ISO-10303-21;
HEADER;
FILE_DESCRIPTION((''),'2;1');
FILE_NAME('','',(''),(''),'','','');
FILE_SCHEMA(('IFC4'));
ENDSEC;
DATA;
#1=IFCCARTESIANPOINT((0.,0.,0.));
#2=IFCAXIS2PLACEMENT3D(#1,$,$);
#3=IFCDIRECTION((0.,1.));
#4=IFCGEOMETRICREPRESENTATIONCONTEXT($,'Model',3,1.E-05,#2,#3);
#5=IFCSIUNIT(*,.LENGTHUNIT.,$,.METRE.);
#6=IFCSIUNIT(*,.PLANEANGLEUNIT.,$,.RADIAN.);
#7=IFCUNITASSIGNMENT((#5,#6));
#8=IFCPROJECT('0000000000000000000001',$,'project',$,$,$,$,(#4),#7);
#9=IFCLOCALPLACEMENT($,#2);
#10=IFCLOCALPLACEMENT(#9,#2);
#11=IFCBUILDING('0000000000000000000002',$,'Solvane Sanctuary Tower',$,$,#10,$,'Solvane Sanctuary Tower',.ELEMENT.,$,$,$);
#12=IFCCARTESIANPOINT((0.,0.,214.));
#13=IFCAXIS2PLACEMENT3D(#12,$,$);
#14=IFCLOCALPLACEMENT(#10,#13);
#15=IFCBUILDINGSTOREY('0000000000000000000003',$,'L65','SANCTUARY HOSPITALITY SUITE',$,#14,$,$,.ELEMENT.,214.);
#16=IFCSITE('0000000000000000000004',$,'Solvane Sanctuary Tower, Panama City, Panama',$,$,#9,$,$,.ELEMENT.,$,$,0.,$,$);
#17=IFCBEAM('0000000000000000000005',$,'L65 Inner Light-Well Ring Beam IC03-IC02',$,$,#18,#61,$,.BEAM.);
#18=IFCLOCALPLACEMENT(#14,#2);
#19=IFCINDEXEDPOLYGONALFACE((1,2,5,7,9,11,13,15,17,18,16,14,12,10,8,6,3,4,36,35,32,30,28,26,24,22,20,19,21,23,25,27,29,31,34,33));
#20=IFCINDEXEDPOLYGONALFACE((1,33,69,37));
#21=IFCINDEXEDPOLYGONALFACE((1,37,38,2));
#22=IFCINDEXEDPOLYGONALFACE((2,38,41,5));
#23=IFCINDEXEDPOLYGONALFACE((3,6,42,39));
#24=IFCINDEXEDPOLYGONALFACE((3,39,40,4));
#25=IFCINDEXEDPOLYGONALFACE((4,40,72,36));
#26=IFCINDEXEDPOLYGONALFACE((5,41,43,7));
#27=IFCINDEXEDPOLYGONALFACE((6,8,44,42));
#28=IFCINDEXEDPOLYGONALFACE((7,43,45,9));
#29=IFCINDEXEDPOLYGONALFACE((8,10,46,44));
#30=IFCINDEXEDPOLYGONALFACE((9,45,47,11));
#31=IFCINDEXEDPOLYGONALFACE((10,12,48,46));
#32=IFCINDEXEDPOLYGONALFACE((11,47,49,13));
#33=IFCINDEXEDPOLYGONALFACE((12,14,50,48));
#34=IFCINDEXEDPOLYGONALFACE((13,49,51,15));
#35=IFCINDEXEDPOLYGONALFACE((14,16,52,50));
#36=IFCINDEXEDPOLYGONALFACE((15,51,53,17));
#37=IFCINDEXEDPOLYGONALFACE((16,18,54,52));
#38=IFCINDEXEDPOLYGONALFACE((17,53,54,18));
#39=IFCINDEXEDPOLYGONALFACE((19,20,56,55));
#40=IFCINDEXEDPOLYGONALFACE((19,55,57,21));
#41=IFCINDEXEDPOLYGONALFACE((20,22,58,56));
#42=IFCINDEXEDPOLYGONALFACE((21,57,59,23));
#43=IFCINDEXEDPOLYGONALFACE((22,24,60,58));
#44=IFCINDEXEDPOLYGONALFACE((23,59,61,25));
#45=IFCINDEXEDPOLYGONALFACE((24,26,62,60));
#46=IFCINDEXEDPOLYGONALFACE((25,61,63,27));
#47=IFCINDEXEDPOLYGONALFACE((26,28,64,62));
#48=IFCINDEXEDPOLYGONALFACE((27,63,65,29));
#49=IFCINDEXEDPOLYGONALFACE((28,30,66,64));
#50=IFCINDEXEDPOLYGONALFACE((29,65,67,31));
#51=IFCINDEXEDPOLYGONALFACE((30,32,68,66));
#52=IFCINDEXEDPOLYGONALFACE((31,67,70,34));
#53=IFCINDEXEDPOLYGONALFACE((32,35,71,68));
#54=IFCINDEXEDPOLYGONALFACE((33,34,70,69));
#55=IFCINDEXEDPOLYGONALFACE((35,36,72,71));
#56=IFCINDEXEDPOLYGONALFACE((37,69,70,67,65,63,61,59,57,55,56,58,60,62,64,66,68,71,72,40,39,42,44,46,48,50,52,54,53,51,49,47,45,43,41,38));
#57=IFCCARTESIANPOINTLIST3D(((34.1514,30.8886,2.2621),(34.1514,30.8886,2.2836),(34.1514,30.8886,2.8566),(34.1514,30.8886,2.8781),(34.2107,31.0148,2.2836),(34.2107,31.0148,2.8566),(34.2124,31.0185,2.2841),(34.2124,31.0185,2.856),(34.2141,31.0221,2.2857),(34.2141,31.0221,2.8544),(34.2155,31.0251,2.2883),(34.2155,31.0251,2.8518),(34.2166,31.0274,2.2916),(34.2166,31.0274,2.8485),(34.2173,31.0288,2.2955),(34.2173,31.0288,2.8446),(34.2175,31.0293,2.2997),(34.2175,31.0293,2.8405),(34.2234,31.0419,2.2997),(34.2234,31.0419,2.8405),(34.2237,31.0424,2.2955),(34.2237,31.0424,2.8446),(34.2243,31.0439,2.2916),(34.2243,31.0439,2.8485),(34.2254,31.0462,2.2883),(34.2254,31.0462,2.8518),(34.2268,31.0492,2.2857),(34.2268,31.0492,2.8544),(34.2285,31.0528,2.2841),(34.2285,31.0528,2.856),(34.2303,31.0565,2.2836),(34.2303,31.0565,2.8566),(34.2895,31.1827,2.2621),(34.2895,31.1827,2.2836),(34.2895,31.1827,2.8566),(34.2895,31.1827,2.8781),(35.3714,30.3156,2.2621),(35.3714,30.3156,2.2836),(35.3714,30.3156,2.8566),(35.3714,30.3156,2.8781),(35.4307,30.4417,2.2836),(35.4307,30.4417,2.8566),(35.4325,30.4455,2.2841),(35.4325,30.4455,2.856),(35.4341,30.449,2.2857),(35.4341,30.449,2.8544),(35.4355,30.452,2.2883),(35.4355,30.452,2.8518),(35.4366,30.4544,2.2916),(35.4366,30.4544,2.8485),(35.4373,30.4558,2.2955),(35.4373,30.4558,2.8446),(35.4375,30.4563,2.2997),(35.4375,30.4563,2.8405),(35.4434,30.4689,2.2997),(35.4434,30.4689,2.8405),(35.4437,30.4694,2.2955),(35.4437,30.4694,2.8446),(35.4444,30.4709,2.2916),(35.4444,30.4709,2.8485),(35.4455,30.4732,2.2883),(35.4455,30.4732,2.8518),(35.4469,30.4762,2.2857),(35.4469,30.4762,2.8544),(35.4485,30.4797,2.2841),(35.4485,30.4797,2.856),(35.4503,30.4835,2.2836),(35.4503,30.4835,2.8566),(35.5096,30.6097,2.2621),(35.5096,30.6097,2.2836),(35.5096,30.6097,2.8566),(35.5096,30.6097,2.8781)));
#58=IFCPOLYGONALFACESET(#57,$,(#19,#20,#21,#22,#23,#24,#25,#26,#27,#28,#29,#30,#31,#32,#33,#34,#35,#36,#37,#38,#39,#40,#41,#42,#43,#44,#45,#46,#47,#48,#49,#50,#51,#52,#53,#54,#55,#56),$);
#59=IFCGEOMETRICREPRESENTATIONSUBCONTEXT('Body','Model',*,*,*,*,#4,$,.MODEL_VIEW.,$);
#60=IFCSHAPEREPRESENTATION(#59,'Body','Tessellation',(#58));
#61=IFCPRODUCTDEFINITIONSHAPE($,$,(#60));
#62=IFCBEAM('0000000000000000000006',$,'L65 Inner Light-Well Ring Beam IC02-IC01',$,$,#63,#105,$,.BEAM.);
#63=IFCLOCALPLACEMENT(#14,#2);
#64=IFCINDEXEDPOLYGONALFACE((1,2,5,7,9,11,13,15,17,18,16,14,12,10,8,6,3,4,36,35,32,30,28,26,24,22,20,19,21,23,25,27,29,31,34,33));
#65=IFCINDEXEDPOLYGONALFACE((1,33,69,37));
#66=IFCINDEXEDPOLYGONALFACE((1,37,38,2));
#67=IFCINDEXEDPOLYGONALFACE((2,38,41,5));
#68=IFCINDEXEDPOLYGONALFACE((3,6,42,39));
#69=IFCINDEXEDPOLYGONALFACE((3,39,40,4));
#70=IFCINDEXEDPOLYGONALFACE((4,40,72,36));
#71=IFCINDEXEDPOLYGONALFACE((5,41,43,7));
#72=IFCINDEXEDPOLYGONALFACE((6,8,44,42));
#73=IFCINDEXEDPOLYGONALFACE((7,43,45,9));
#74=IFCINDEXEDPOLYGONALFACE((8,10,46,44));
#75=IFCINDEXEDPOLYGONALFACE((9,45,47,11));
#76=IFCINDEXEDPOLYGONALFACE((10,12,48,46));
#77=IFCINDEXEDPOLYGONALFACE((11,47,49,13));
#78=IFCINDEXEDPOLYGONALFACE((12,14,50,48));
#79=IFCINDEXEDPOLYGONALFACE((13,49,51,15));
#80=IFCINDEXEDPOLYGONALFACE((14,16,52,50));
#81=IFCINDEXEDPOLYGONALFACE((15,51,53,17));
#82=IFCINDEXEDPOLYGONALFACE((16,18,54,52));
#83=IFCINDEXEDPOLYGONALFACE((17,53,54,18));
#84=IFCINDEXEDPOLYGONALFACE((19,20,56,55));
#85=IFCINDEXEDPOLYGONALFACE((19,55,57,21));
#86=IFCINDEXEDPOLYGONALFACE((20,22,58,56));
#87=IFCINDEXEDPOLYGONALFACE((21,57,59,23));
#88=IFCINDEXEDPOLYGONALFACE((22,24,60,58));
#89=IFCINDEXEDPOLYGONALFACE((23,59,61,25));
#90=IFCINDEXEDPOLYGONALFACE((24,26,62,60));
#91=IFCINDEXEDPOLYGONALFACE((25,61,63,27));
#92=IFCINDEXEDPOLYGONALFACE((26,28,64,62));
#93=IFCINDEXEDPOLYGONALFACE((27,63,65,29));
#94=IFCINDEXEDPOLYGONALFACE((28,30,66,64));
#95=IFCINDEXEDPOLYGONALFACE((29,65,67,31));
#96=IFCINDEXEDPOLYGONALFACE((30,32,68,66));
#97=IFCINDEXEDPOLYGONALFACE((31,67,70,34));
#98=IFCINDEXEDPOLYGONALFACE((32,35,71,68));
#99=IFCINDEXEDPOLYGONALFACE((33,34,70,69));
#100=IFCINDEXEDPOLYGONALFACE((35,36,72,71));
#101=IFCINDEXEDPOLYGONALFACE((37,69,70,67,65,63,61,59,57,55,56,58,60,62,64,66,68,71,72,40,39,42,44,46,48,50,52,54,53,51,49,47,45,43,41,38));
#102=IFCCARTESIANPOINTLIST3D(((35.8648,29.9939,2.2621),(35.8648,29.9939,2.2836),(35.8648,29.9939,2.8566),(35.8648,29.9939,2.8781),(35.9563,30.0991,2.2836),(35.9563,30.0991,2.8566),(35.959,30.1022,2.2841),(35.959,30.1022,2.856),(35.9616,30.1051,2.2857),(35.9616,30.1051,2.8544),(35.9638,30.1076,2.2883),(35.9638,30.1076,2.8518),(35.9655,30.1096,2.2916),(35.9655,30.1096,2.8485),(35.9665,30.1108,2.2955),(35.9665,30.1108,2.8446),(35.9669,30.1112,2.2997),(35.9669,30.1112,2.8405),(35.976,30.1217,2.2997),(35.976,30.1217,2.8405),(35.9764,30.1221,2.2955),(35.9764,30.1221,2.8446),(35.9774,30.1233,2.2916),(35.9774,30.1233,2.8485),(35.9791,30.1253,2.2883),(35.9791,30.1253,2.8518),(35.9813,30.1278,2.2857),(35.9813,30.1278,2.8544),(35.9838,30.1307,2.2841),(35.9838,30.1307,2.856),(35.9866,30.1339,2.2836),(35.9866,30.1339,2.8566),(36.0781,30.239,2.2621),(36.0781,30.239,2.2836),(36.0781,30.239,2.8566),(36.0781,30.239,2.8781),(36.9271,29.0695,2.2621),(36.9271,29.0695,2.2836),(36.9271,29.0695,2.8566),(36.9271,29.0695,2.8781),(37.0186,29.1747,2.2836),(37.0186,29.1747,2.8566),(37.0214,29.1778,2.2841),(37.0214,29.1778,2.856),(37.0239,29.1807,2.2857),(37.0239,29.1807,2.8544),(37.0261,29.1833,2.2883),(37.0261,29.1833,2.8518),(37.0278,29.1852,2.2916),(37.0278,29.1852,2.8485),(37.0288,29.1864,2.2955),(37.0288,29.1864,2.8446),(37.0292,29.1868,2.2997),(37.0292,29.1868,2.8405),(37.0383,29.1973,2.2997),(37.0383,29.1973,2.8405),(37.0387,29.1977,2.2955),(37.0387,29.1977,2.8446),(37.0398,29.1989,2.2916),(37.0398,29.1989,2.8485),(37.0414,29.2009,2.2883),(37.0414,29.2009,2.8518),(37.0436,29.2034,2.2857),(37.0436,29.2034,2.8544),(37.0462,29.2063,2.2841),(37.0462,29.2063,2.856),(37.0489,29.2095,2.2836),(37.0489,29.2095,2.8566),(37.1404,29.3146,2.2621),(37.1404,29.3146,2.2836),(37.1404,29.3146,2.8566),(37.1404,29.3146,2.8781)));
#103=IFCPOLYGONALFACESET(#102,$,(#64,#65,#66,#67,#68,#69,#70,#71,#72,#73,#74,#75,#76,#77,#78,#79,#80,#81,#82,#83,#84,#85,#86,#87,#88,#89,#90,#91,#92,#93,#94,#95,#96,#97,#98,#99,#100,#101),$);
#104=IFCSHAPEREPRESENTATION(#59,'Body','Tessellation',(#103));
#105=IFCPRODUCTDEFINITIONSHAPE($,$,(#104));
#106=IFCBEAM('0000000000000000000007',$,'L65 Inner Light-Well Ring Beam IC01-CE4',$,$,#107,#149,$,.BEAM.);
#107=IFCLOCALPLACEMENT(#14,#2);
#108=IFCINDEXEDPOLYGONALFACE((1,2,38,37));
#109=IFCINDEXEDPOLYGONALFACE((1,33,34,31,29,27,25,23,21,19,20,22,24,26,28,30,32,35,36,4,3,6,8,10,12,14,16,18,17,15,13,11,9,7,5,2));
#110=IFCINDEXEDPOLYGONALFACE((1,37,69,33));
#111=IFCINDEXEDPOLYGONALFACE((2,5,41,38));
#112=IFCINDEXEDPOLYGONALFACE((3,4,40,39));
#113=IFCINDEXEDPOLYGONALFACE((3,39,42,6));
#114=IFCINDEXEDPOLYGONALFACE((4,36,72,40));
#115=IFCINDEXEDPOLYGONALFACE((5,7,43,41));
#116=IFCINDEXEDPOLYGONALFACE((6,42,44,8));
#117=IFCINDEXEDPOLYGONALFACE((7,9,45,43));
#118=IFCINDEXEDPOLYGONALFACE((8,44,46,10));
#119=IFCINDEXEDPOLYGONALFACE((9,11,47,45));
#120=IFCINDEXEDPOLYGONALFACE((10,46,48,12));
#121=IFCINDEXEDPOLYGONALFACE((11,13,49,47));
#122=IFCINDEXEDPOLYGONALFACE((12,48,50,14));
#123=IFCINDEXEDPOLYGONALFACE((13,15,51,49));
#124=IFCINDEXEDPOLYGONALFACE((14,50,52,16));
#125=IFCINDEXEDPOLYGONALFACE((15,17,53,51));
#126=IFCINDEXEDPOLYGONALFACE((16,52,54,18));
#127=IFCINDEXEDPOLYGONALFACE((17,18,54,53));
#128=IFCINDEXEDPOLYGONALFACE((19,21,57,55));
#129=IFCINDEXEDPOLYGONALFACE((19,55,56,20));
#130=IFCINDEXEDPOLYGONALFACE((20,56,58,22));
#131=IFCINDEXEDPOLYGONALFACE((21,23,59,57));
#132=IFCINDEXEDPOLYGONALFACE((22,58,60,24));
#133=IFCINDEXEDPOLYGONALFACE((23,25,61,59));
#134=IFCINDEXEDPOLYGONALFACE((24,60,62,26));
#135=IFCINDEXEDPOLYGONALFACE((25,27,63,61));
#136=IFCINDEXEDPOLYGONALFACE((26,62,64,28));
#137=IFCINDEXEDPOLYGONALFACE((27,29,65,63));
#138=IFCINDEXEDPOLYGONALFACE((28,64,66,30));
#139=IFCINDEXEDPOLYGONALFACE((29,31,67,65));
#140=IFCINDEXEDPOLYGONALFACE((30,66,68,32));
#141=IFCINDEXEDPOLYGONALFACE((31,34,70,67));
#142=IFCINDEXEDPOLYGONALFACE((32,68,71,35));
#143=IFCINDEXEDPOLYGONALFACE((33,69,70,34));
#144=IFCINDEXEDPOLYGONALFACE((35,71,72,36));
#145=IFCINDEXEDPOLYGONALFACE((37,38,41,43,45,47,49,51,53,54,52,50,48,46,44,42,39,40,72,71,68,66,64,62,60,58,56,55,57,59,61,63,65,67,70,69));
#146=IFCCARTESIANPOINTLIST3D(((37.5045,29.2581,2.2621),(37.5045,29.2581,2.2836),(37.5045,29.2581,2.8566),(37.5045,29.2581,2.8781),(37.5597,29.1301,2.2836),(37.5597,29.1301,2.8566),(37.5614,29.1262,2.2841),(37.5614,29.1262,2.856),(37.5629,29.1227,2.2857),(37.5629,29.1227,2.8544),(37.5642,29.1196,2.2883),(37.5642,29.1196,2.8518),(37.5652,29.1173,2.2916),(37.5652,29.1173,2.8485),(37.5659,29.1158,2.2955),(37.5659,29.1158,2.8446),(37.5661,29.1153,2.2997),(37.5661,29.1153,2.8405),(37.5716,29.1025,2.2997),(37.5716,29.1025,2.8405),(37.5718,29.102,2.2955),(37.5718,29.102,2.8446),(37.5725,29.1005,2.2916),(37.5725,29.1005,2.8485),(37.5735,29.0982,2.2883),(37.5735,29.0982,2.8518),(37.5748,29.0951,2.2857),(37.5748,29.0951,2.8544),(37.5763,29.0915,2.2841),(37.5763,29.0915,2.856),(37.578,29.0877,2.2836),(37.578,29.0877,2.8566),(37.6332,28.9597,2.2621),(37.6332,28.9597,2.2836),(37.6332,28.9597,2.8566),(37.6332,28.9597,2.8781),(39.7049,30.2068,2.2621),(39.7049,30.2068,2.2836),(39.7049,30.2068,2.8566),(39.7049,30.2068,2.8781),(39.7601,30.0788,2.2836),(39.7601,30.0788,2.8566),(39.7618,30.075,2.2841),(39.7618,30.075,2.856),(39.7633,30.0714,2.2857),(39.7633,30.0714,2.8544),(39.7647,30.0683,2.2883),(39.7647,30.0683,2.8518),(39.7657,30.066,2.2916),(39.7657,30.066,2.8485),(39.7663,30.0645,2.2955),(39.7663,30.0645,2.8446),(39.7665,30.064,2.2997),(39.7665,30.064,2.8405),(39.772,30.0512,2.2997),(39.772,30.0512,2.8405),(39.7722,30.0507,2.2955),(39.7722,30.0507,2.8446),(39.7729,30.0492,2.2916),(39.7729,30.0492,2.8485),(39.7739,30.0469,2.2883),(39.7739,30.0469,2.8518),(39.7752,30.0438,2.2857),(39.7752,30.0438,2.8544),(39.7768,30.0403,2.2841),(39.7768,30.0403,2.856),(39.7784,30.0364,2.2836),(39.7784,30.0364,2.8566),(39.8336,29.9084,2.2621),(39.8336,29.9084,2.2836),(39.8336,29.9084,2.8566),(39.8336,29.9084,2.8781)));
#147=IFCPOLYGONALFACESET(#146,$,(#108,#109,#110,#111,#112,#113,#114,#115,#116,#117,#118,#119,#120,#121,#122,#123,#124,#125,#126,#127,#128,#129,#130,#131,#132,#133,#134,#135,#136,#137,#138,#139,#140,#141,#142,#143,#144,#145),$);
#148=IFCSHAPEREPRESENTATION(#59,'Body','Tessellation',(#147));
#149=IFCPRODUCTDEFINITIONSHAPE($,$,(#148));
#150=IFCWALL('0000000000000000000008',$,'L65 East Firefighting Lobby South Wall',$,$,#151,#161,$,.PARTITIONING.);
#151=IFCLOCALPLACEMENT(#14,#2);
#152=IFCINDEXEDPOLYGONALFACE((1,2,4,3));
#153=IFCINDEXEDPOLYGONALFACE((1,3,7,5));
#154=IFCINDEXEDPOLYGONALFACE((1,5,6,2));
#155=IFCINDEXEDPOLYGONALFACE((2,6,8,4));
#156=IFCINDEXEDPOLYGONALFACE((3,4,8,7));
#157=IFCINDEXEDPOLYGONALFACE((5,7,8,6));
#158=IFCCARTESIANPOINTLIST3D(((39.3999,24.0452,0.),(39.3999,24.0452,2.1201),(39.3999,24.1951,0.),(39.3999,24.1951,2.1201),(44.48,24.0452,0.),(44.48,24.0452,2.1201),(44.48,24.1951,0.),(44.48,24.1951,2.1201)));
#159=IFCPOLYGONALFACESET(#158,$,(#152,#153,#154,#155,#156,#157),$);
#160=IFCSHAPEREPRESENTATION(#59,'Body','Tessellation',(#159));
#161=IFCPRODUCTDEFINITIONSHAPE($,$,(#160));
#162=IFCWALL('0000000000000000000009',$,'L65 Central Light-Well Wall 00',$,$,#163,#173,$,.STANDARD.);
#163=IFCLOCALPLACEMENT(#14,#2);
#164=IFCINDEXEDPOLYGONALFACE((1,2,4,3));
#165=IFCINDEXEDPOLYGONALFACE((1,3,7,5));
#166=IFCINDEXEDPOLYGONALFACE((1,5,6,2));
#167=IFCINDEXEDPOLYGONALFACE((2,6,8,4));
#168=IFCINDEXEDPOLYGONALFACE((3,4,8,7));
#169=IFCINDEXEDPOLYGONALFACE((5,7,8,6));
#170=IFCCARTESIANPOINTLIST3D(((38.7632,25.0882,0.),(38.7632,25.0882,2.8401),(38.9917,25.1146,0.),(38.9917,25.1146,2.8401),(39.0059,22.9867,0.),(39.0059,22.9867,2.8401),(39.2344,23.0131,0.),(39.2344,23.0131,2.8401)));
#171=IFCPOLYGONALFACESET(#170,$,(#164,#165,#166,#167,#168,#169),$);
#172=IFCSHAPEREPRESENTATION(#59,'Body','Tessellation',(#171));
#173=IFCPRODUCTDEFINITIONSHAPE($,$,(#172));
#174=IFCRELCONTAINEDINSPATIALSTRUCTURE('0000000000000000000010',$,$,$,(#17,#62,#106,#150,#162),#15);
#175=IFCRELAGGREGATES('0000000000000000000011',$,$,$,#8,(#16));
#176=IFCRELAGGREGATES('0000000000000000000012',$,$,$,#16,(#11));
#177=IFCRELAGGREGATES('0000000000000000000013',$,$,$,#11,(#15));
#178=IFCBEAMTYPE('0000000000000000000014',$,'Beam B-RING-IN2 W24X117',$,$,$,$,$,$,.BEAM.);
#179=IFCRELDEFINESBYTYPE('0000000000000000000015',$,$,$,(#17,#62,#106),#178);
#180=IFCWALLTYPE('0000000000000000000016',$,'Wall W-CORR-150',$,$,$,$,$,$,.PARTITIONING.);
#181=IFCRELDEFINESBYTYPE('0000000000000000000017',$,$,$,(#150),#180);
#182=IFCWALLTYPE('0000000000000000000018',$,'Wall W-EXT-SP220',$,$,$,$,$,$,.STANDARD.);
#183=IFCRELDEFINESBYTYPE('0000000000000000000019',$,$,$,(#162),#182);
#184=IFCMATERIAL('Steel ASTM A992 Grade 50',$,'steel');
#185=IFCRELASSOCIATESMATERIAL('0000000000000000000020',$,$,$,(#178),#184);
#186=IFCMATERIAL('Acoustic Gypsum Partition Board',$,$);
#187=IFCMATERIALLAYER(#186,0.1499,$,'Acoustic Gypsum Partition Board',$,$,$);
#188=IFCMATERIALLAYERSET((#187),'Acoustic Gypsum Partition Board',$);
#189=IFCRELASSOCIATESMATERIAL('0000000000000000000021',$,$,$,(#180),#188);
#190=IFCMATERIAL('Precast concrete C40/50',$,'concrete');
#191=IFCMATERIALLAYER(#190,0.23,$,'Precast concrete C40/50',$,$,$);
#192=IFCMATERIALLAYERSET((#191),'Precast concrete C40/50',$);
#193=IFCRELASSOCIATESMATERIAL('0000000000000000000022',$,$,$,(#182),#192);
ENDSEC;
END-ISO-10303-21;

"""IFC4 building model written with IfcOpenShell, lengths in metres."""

from ifc_helpers import new_model, si_unit, direction, frame, frame_2d, origin, origin_2d, place, context, subcontext, project, spatial, rectangle, i_section, extrude, material, layer, layer_set, material_profile, profile_set, type_object, element, save


model = new_model("IFC4")

# Units and contexts
model_context = context("Model", 3, precision=1e-05, world=origin(), true_north=direction((0.0, 1.0)))
body_context = subcontext(model_context, "Body", "Model", "MODEL_VIEW")
ifc_project = project(units=[si_unit("LENGTHUNIT", "METRE"), si_unit("PLANEANGLEUNIT", "RADIAN")], contexts=[model_context])

# Site, building, storey
site_placement = place(None, origin())
site = spatial("IfcSite", under=ifc_project, at=site_placement, Name="Solvane Sanctuary Tower, Panama City, Panama", CompositionType="ELEMENT", RefElevation=0.0)
building_placement = place(site_placement, origin())
building = spatial("IfcBuilding", under=site, at=building_placement, Name="Solvane Sanctuary Tower", LongName="Solvane Sanctuary Tower", CompositionType="ELEMENT")
storey_placement = place(building_placement, frame((0.0, 0.0, 214.0)))
storey = spatial("IfcBuildingStorey", under=building, at=storey_placement, Name="L65", Description="SANCTUARY HOSPITALITY SUITE", CompositionType="ELEMENT", Elevation=214.0)

# Beams
ifc_material_1 = material(Name="Steel ASTM A992 Grade 50", Category="steel")
ifc_material_profile_1 = material_profile(ifc_material_1, i_section(OverallWidth=0.325, OverallDepth=0.616, WebThickness=0.0139, FlangeThickness=0.0215, FilletRadius=0.0161, at=origin_2d()), Name="W24X117")
ifc_profile_set_1 = profile_set([ifc_material_profile_1], Name="Steel ASTM A992 Grade 50")
beam_type_1 = type_object("IfcBeamType", Name="Beam B-RING-IN2 W24X117", PredefinedType="BEAM", material=ifc_profile_set_1)
beam_1_placement = place(storey_placement, frame((34.2205, 31.0356, 2.5701), z_axis=(0.905135, -0.425125, 0.0), x_axis=(0.425125, 0.905135, 0.0)))
element("IfcBeam", 1, at=beam_1_placement, inside=storey, type_object=beam_type_1, Name="L65 Inner Light-Well Ring Beam IC03-IC02", PredefinedType="BEAM", context=body_context, shape_type="SweptSolid", body=[
    extrude(i_section(OverallWidth=0.325, OverallDepth=0.616, WebThickness=0.0139, FlangeThickness=0.0215, FilletRadius=0.0161, at=origin_2d()), origin(), (0.0, 0.0, 1.0), 1.3479),
])
beam_2_placement = place(storey_placement, frame((35.9714, 30.1165, 2.5701), z_axis=(0.754389, -0.656428, 0.0), x_axis=(0.656428, 0.754389, 0.0)))
element("IfcBeam", 2, at=beam_2_placement, inside=storey, type_object=beam_type_1, Name="L65 Inner Light-Well Ring Beam IC02-IC01", PredefinedType="BEAM", context=body_context, shape_type="SweptSolid", body=[
    extrude(i_section(OverallWidth=0.325, OverallDepth=0.616, WebThickness=0.0139, FlangeThickness=0.0215, FilletRadius=0.0161, at=origin_2d()), origin(), (0.0, 0.0, 1.0), 1.4082),
])
beam_3_placement = place(storey_placement, frame((37.5688, 29.1089, 2.5701), z_axis=(0.918284, 0.395923, 0.0), x_axis=(-0.395923, 0.918284, 0.0)))
element("IfcBeam", 3, at=beam_3_placement, inside=storey, type_object=beam_type_1, Name="L65 Inner Light-Well Ring Beam IC01-CE4", PredefinedType="BEAM", context=body_context, shape_type="SweptSolid", body=[
    extrude(i_section(OverallWidth=0.325, OverallDepth=0.616, WebThickness=0.0139, FlangeThickness=0.0215, FilletRadius=0.0161, at=origin_2d()), origin(), (0.0, 0.0, 1.0), 2.3962),
])

# Walls
ifc_material_2 = material(Name="Acoustic Gypsum Partition Board")
ifc_layer_1 = layer(ifc_material_2, 0.1499, Name="Acoustic Gypsum Partition Board")
ifc_layer_set_1 = layer_set([ifc_layer_1], Name="Acoustic Gypsum Partition Board")
wall_type_1 = type_object("IfcWallType", Name="Wall W-CORR-150", PredefinedType="PARTITIONING", material=ifc_layer_set_1)
wall_1_placement = place(storey_placement, frame((39.3999, 24.1201, 0.0), z_axis=(0.0, 0.0, 1.0), x_axis=(1.0, 0.0, 0.0)))
element("IfcWall", 4, at=wall_1_placement, inside=storey, type_object=wall_type_1, Name="L65 East Firefighting Lobby South Wall", PredefinedType="PARTITIONING", context=body_context, shape_type="SweptSolid", body=[
    extrude(rectangle(XDim=5.0801, YDim=0.1499, at=frame_2d((2.54, 0.0))), origin(), (0.0, 0.0, 1.0), 2.1201),
])
ifc_material_3 = material(Name="Precast concrete C40/50", Category="concrete")
ifc_layer_2 = layer(ifc_material_3, 0.23, Name="Precast concrete C40/50")
ifc_layer_set_2 = layer_set([ifc_layer_2], Name="Precast concrete C40/50")
wall_type_2 = type_object("IfcWallType", Name="Wall W-EXT-SP220", PredefinedType="STANDARD", material=ifc_layer_set_2)
wall_2_placement = place(storey_placement, frame((39.1201, 23.0, 0.0), z_axis=(0.0, 0.0, 1.0), x_axis=(-0.114712, 0.993399, 0.0)))
element("IfcWall", 5, at=wall_2_placement, inside=storey, type_object=wall_type_2, Name="L65 Central Light-Well Wall 00", PredefinedType="STANDARD", context=body_context, shape_type="SweptSolid", body=[
    extrude(rectangle(XDim=2.1155, YDim=0.23, at=frame_2d((1.0576, 0.0))), origin(), (0.0, 0.0, 1.0), 2.8401),
])

save(model, "model.ifc")
